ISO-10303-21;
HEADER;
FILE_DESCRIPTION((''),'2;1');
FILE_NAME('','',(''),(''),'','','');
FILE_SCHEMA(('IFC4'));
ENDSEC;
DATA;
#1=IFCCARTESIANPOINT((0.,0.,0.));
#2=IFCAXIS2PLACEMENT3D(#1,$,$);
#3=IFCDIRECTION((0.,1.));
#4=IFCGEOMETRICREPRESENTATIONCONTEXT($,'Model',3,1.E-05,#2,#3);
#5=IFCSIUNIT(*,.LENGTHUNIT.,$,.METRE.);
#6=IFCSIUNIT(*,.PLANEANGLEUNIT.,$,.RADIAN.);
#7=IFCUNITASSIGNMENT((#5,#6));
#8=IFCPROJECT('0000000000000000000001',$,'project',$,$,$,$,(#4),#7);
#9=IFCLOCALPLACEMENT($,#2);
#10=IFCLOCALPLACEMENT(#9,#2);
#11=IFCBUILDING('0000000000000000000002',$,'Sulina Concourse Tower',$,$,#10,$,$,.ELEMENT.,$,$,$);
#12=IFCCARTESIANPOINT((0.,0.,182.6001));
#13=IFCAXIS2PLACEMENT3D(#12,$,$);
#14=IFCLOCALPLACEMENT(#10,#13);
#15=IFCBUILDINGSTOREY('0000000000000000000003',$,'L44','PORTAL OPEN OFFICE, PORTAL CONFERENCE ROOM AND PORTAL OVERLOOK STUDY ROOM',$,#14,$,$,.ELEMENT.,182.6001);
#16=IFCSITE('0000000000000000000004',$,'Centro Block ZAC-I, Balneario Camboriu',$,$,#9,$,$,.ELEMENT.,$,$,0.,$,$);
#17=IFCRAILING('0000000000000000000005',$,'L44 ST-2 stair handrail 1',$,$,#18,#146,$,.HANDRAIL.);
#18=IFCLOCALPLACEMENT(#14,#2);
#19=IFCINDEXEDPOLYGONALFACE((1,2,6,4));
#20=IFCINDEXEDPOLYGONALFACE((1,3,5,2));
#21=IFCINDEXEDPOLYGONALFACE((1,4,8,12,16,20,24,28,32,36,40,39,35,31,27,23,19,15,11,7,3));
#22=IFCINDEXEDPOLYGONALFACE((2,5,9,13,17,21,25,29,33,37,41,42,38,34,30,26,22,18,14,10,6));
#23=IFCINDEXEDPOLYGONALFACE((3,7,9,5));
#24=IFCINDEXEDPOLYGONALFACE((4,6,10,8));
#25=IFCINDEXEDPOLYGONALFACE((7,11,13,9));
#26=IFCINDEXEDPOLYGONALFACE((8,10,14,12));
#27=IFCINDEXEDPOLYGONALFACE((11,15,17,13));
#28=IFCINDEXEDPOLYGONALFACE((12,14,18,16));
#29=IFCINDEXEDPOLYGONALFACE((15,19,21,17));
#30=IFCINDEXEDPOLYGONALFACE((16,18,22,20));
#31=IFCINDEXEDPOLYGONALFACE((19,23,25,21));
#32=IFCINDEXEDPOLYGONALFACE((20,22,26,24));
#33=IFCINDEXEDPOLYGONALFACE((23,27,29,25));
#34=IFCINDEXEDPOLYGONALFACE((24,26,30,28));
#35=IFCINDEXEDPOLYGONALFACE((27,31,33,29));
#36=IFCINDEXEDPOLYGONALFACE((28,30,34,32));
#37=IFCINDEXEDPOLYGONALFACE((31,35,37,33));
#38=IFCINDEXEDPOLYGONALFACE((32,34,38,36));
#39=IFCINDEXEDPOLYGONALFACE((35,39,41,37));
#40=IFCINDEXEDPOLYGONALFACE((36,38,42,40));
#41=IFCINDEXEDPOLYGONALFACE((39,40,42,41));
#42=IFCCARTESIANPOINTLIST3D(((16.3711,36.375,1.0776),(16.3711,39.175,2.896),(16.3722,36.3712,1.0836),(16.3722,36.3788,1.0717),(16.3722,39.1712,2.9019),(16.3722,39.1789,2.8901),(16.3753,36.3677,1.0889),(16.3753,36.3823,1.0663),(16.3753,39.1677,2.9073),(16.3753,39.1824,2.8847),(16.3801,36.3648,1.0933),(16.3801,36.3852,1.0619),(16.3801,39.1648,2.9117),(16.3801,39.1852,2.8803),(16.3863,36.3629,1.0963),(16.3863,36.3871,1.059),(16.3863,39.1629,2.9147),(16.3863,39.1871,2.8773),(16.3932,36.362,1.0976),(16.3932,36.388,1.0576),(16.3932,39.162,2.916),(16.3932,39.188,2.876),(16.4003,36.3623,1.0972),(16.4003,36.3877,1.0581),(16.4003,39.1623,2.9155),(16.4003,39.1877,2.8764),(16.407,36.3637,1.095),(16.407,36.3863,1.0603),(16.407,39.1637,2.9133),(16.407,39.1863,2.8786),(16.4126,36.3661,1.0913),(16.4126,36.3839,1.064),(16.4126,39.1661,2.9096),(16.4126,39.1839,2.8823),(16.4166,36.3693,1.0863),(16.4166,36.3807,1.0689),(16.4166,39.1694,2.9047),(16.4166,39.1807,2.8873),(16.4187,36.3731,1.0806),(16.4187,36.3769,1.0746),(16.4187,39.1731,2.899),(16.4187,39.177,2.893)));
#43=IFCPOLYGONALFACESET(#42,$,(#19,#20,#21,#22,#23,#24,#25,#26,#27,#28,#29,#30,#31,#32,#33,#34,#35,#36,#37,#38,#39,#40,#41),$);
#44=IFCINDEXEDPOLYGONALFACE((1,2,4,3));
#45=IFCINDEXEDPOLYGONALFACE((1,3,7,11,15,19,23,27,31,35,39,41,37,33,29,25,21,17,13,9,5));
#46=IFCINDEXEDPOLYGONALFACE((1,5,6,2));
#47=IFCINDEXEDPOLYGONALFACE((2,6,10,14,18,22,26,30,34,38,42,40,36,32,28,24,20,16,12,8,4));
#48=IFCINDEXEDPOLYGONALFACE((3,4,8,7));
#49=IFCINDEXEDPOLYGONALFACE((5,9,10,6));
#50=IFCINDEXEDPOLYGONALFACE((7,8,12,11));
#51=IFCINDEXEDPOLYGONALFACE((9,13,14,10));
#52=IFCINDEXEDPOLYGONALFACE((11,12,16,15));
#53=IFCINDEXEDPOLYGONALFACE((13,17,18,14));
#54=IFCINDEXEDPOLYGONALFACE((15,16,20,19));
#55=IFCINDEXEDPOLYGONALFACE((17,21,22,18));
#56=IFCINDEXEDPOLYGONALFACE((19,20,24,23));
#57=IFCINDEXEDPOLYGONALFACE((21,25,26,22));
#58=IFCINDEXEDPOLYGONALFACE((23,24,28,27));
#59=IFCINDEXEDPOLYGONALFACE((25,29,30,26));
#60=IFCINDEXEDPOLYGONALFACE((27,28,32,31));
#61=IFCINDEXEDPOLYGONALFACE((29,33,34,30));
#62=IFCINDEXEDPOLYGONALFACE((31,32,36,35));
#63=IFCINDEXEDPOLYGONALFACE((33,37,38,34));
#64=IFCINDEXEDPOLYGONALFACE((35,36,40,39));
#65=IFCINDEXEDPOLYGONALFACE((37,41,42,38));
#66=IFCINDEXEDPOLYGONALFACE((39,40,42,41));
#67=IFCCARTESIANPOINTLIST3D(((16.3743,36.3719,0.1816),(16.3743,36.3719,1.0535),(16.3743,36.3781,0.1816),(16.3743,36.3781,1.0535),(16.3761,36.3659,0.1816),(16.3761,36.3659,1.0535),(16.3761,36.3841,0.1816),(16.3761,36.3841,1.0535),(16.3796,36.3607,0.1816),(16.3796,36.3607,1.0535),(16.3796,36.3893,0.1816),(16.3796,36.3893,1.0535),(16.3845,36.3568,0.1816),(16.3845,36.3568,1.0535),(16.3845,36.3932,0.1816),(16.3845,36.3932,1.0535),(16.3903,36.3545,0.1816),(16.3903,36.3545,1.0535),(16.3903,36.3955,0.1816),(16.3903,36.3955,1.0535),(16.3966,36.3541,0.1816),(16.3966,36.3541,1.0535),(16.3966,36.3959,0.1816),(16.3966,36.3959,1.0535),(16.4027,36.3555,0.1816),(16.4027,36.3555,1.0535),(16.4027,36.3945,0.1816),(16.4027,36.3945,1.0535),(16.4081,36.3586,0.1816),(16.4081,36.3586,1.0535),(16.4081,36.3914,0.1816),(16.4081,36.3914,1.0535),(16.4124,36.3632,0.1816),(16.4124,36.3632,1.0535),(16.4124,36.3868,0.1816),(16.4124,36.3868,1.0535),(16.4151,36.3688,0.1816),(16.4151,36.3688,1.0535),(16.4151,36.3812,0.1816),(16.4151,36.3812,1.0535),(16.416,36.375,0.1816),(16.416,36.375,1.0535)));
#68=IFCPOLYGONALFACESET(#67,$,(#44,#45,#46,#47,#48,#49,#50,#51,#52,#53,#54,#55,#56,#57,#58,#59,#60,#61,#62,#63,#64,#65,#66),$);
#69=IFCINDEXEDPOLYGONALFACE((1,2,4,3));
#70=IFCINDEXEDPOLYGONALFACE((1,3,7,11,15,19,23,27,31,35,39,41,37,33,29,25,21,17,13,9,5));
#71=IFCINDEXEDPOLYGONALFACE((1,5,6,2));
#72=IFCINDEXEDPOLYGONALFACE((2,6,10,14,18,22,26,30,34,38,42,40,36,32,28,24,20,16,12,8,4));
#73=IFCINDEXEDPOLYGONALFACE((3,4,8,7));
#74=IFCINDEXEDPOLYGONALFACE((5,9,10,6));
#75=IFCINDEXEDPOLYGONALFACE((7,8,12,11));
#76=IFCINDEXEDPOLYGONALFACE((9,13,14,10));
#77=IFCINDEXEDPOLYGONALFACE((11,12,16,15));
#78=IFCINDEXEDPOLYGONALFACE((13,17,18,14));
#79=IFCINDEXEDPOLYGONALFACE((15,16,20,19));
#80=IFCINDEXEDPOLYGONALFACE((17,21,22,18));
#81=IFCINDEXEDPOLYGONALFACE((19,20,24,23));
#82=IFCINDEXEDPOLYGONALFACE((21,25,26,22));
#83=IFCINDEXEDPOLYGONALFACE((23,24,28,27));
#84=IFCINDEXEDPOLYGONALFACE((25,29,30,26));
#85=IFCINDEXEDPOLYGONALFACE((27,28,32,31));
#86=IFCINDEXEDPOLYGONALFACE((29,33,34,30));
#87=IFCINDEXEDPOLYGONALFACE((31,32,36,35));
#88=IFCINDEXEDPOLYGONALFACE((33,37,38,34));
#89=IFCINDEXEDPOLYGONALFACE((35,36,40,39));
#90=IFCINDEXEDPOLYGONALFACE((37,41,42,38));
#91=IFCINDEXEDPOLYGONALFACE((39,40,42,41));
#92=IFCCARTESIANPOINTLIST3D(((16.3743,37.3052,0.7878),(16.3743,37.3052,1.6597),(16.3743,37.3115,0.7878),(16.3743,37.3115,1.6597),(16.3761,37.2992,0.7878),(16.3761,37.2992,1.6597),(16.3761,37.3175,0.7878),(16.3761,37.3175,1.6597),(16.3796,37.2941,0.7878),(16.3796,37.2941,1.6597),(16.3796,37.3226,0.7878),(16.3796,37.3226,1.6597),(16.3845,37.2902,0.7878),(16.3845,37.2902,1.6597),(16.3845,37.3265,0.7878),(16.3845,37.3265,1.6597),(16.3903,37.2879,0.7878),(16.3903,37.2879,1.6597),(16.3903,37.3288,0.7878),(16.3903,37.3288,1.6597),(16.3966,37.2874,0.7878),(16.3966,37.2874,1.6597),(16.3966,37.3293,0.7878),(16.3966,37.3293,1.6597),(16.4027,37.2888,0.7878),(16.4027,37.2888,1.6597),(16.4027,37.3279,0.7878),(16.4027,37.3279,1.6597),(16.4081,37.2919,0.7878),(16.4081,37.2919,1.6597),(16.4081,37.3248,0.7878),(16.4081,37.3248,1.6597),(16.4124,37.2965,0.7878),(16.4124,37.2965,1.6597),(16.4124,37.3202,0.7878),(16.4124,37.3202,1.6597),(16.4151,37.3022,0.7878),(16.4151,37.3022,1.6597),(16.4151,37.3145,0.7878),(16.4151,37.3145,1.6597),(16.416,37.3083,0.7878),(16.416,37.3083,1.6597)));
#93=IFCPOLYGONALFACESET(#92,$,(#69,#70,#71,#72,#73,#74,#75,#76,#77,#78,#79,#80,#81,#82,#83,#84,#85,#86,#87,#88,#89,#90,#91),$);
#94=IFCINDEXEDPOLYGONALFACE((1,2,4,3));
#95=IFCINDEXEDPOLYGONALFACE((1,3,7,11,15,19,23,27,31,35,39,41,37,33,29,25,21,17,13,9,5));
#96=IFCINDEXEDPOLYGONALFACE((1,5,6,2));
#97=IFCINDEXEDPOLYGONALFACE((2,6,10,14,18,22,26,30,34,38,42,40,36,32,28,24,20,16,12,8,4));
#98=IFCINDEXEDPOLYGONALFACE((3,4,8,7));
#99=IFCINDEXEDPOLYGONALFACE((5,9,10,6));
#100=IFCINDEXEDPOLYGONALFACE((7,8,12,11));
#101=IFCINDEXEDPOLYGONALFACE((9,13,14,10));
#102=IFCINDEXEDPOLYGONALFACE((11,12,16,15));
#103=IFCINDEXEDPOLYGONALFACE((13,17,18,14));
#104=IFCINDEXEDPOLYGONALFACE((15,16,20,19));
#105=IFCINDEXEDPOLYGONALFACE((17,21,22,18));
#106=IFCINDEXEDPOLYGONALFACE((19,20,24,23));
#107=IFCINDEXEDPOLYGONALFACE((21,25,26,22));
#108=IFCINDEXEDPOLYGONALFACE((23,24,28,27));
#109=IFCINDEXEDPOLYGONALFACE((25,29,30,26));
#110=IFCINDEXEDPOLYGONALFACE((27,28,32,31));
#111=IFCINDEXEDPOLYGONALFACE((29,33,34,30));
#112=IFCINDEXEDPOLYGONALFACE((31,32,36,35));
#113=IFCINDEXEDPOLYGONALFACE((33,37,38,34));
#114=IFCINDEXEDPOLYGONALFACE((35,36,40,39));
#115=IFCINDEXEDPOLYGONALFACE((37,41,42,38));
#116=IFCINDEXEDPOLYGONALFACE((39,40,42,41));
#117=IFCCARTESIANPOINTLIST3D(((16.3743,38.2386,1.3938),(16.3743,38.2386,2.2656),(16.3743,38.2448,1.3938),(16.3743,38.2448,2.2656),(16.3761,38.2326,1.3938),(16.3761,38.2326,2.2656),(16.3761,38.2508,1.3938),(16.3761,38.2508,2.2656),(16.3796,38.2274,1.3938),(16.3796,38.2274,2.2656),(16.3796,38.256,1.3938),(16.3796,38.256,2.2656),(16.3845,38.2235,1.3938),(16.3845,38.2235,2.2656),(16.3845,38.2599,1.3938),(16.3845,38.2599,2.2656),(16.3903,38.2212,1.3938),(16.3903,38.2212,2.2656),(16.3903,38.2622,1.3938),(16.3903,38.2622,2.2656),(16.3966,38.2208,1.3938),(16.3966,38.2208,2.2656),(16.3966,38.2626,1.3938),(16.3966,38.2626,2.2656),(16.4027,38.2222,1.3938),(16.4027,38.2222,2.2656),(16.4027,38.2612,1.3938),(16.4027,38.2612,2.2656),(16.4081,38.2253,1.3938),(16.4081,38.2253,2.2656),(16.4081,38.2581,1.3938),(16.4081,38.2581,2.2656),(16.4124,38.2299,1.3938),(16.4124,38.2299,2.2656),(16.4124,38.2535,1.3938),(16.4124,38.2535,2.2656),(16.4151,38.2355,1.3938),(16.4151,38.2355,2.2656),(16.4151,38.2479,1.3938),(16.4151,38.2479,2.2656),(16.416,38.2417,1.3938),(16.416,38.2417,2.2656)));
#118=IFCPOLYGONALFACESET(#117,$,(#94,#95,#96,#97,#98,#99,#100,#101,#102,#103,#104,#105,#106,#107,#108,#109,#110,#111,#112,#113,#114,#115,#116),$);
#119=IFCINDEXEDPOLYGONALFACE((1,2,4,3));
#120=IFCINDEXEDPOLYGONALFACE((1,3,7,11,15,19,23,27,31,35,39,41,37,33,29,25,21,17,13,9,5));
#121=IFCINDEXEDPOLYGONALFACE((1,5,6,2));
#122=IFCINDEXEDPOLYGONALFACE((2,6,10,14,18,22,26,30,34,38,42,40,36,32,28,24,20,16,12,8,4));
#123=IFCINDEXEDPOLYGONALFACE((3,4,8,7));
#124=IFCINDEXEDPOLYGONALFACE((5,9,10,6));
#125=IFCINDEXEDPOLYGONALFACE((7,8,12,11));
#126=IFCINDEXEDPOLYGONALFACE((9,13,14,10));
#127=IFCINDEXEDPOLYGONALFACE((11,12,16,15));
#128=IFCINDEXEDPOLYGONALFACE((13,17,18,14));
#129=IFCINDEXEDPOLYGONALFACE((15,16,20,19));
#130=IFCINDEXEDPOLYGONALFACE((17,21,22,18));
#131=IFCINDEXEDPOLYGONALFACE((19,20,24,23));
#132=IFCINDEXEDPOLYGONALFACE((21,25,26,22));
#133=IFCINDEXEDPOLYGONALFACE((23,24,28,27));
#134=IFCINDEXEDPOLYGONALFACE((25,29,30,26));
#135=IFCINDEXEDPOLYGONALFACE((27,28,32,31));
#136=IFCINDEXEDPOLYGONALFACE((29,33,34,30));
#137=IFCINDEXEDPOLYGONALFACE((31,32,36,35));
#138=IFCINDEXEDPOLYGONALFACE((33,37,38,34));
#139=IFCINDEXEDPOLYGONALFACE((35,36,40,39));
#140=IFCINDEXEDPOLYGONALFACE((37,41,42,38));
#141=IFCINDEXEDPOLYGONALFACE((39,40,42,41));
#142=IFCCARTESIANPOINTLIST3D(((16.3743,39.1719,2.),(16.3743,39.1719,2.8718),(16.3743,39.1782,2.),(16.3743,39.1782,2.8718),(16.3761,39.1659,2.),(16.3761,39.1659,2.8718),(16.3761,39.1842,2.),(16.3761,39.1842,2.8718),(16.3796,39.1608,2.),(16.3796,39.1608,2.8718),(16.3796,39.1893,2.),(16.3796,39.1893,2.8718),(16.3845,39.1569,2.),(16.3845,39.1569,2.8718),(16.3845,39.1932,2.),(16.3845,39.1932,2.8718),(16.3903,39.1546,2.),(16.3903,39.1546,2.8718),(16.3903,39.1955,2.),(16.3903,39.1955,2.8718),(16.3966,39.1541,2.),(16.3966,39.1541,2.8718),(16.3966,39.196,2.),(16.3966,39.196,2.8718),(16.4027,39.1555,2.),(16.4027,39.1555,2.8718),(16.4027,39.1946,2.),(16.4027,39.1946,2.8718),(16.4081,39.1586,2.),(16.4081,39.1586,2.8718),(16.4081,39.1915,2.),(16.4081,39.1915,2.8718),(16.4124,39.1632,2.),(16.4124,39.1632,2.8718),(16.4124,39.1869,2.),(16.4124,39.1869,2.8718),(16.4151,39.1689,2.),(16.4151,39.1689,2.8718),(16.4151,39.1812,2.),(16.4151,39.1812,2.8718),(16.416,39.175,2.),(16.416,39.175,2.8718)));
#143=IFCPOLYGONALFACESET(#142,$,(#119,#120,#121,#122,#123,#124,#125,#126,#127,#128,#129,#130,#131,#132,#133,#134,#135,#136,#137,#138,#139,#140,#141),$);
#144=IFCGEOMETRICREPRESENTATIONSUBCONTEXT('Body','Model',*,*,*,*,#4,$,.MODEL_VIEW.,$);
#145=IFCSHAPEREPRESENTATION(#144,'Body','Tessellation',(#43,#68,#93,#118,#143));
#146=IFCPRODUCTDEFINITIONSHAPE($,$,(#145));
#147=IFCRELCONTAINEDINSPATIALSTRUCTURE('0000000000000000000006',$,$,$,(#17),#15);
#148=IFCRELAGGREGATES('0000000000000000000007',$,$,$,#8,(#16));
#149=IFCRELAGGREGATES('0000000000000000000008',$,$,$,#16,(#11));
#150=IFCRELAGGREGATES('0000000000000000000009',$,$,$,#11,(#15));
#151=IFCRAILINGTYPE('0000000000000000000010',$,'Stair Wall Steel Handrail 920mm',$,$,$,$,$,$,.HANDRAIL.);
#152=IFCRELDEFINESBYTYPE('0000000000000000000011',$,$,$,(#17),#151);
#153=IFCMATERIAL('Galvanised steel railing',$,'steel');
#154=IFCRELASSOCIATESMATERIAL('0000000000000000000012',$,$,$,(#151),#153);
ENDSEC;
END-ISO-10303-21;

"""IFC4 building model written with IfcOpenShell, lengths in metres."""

from ifc_helpers import new_model, si_unit, direction, frame, origin, origin_2d, place, context, subcontext, project, spatial, circle, extrude, material, type_object, element, save


model = new_model("IFC4")

# Units and contexts
model_context = context("Model", 3, precision=1e-05, world=origin(), true_north=direction((0.0, 1.0)))
body_context = subcontext(model_context, "Body", "Model", "MODEL_VIEW")
ifc_project = project(units=[si_unit("LENGTHUNIT", "METRE"), si_unit("PLANEANGLEUNIT", "RADIAN")], contexts=[model_context])

# Site, building, storey
site_placement = place(None, origin())
site = spatial("IfcSite", under=ifc_project, at=site_placement, Name="Centro Block ZAC-I, Balneario Camboriu", CompositionType="ELEMENT", RefElevation=0.0)
building_placement = place(site_placement, origin())
building = spatial("IfcBuilding", under=site, at=building_placement, Name="Sulina Concourse Tower", CompositionType="ELEMENT")
storey_placement = place(building_placement, frame((0.0, 0.0, 182.6001)))
storey = spatial("IfcBuildingStorey", under=building, at=storey_placement, Name="L44", Description="PORTAL OPEN OFFICE, PORTAL CONFERENCE ROOM AND PORTAL OVERLOOK STUDY ROOM", CompositionType="ELEMENT", Elevation=182.6001)

# Railing
ifc_material_1 = material(Name="Galvanised steel railing", Category="steel")
railing_type_1 = type_object("IfcRailingType", Name="Stair Wall Steel Handrail 920mm", PredefinedType="HANDRAIL", material=ifc_material_1)
railing_1_placement = place(storey_placement, frame((16.395, 36.375, 0.1816)))
element("IfcRailing", 1, at=railing_1_placement, inside=storey, type_object=railing_type_1, Name="L44 ST-2 stair handrail 1", PredefinedType="HANDRAIL", context=body_context, shape_type="SweptSolid", body=[
    extrude(circle(Radius=0.0239, at=origin_2d()), frame((0.0, 0.0, 0.896), z_axis=(0.0, 0.838672, 0.544636), x_axis=(-1.0, 0.0, 0.0)), (0.0, 0.0, 1.0), 3.3386),
    extrude(circle(Radius=0.021, at=origin_2d()), origin(), (0.0, 0.0, 1.0), 0.8718),
    extrude(circle(Radius=0.021, at=origin_2d()), frame((0.0, 0.9333, 0.6062)), (0.0, 0.0, 1.0), 0.8718),
    extrude(circle(Radius=0.021, at=origin_2d()), frame((0.0, 1.8667, 1.2122)), (0.0, 0.0, 1.0), 0.8718),
    extrude(circle(Radius=0.021, at=origin_2d()), frame((0.0, 2.8, 1.8184)), (0.0, 0.0, 1.0), 0.8718),
])

save(model, "model.ifc")
